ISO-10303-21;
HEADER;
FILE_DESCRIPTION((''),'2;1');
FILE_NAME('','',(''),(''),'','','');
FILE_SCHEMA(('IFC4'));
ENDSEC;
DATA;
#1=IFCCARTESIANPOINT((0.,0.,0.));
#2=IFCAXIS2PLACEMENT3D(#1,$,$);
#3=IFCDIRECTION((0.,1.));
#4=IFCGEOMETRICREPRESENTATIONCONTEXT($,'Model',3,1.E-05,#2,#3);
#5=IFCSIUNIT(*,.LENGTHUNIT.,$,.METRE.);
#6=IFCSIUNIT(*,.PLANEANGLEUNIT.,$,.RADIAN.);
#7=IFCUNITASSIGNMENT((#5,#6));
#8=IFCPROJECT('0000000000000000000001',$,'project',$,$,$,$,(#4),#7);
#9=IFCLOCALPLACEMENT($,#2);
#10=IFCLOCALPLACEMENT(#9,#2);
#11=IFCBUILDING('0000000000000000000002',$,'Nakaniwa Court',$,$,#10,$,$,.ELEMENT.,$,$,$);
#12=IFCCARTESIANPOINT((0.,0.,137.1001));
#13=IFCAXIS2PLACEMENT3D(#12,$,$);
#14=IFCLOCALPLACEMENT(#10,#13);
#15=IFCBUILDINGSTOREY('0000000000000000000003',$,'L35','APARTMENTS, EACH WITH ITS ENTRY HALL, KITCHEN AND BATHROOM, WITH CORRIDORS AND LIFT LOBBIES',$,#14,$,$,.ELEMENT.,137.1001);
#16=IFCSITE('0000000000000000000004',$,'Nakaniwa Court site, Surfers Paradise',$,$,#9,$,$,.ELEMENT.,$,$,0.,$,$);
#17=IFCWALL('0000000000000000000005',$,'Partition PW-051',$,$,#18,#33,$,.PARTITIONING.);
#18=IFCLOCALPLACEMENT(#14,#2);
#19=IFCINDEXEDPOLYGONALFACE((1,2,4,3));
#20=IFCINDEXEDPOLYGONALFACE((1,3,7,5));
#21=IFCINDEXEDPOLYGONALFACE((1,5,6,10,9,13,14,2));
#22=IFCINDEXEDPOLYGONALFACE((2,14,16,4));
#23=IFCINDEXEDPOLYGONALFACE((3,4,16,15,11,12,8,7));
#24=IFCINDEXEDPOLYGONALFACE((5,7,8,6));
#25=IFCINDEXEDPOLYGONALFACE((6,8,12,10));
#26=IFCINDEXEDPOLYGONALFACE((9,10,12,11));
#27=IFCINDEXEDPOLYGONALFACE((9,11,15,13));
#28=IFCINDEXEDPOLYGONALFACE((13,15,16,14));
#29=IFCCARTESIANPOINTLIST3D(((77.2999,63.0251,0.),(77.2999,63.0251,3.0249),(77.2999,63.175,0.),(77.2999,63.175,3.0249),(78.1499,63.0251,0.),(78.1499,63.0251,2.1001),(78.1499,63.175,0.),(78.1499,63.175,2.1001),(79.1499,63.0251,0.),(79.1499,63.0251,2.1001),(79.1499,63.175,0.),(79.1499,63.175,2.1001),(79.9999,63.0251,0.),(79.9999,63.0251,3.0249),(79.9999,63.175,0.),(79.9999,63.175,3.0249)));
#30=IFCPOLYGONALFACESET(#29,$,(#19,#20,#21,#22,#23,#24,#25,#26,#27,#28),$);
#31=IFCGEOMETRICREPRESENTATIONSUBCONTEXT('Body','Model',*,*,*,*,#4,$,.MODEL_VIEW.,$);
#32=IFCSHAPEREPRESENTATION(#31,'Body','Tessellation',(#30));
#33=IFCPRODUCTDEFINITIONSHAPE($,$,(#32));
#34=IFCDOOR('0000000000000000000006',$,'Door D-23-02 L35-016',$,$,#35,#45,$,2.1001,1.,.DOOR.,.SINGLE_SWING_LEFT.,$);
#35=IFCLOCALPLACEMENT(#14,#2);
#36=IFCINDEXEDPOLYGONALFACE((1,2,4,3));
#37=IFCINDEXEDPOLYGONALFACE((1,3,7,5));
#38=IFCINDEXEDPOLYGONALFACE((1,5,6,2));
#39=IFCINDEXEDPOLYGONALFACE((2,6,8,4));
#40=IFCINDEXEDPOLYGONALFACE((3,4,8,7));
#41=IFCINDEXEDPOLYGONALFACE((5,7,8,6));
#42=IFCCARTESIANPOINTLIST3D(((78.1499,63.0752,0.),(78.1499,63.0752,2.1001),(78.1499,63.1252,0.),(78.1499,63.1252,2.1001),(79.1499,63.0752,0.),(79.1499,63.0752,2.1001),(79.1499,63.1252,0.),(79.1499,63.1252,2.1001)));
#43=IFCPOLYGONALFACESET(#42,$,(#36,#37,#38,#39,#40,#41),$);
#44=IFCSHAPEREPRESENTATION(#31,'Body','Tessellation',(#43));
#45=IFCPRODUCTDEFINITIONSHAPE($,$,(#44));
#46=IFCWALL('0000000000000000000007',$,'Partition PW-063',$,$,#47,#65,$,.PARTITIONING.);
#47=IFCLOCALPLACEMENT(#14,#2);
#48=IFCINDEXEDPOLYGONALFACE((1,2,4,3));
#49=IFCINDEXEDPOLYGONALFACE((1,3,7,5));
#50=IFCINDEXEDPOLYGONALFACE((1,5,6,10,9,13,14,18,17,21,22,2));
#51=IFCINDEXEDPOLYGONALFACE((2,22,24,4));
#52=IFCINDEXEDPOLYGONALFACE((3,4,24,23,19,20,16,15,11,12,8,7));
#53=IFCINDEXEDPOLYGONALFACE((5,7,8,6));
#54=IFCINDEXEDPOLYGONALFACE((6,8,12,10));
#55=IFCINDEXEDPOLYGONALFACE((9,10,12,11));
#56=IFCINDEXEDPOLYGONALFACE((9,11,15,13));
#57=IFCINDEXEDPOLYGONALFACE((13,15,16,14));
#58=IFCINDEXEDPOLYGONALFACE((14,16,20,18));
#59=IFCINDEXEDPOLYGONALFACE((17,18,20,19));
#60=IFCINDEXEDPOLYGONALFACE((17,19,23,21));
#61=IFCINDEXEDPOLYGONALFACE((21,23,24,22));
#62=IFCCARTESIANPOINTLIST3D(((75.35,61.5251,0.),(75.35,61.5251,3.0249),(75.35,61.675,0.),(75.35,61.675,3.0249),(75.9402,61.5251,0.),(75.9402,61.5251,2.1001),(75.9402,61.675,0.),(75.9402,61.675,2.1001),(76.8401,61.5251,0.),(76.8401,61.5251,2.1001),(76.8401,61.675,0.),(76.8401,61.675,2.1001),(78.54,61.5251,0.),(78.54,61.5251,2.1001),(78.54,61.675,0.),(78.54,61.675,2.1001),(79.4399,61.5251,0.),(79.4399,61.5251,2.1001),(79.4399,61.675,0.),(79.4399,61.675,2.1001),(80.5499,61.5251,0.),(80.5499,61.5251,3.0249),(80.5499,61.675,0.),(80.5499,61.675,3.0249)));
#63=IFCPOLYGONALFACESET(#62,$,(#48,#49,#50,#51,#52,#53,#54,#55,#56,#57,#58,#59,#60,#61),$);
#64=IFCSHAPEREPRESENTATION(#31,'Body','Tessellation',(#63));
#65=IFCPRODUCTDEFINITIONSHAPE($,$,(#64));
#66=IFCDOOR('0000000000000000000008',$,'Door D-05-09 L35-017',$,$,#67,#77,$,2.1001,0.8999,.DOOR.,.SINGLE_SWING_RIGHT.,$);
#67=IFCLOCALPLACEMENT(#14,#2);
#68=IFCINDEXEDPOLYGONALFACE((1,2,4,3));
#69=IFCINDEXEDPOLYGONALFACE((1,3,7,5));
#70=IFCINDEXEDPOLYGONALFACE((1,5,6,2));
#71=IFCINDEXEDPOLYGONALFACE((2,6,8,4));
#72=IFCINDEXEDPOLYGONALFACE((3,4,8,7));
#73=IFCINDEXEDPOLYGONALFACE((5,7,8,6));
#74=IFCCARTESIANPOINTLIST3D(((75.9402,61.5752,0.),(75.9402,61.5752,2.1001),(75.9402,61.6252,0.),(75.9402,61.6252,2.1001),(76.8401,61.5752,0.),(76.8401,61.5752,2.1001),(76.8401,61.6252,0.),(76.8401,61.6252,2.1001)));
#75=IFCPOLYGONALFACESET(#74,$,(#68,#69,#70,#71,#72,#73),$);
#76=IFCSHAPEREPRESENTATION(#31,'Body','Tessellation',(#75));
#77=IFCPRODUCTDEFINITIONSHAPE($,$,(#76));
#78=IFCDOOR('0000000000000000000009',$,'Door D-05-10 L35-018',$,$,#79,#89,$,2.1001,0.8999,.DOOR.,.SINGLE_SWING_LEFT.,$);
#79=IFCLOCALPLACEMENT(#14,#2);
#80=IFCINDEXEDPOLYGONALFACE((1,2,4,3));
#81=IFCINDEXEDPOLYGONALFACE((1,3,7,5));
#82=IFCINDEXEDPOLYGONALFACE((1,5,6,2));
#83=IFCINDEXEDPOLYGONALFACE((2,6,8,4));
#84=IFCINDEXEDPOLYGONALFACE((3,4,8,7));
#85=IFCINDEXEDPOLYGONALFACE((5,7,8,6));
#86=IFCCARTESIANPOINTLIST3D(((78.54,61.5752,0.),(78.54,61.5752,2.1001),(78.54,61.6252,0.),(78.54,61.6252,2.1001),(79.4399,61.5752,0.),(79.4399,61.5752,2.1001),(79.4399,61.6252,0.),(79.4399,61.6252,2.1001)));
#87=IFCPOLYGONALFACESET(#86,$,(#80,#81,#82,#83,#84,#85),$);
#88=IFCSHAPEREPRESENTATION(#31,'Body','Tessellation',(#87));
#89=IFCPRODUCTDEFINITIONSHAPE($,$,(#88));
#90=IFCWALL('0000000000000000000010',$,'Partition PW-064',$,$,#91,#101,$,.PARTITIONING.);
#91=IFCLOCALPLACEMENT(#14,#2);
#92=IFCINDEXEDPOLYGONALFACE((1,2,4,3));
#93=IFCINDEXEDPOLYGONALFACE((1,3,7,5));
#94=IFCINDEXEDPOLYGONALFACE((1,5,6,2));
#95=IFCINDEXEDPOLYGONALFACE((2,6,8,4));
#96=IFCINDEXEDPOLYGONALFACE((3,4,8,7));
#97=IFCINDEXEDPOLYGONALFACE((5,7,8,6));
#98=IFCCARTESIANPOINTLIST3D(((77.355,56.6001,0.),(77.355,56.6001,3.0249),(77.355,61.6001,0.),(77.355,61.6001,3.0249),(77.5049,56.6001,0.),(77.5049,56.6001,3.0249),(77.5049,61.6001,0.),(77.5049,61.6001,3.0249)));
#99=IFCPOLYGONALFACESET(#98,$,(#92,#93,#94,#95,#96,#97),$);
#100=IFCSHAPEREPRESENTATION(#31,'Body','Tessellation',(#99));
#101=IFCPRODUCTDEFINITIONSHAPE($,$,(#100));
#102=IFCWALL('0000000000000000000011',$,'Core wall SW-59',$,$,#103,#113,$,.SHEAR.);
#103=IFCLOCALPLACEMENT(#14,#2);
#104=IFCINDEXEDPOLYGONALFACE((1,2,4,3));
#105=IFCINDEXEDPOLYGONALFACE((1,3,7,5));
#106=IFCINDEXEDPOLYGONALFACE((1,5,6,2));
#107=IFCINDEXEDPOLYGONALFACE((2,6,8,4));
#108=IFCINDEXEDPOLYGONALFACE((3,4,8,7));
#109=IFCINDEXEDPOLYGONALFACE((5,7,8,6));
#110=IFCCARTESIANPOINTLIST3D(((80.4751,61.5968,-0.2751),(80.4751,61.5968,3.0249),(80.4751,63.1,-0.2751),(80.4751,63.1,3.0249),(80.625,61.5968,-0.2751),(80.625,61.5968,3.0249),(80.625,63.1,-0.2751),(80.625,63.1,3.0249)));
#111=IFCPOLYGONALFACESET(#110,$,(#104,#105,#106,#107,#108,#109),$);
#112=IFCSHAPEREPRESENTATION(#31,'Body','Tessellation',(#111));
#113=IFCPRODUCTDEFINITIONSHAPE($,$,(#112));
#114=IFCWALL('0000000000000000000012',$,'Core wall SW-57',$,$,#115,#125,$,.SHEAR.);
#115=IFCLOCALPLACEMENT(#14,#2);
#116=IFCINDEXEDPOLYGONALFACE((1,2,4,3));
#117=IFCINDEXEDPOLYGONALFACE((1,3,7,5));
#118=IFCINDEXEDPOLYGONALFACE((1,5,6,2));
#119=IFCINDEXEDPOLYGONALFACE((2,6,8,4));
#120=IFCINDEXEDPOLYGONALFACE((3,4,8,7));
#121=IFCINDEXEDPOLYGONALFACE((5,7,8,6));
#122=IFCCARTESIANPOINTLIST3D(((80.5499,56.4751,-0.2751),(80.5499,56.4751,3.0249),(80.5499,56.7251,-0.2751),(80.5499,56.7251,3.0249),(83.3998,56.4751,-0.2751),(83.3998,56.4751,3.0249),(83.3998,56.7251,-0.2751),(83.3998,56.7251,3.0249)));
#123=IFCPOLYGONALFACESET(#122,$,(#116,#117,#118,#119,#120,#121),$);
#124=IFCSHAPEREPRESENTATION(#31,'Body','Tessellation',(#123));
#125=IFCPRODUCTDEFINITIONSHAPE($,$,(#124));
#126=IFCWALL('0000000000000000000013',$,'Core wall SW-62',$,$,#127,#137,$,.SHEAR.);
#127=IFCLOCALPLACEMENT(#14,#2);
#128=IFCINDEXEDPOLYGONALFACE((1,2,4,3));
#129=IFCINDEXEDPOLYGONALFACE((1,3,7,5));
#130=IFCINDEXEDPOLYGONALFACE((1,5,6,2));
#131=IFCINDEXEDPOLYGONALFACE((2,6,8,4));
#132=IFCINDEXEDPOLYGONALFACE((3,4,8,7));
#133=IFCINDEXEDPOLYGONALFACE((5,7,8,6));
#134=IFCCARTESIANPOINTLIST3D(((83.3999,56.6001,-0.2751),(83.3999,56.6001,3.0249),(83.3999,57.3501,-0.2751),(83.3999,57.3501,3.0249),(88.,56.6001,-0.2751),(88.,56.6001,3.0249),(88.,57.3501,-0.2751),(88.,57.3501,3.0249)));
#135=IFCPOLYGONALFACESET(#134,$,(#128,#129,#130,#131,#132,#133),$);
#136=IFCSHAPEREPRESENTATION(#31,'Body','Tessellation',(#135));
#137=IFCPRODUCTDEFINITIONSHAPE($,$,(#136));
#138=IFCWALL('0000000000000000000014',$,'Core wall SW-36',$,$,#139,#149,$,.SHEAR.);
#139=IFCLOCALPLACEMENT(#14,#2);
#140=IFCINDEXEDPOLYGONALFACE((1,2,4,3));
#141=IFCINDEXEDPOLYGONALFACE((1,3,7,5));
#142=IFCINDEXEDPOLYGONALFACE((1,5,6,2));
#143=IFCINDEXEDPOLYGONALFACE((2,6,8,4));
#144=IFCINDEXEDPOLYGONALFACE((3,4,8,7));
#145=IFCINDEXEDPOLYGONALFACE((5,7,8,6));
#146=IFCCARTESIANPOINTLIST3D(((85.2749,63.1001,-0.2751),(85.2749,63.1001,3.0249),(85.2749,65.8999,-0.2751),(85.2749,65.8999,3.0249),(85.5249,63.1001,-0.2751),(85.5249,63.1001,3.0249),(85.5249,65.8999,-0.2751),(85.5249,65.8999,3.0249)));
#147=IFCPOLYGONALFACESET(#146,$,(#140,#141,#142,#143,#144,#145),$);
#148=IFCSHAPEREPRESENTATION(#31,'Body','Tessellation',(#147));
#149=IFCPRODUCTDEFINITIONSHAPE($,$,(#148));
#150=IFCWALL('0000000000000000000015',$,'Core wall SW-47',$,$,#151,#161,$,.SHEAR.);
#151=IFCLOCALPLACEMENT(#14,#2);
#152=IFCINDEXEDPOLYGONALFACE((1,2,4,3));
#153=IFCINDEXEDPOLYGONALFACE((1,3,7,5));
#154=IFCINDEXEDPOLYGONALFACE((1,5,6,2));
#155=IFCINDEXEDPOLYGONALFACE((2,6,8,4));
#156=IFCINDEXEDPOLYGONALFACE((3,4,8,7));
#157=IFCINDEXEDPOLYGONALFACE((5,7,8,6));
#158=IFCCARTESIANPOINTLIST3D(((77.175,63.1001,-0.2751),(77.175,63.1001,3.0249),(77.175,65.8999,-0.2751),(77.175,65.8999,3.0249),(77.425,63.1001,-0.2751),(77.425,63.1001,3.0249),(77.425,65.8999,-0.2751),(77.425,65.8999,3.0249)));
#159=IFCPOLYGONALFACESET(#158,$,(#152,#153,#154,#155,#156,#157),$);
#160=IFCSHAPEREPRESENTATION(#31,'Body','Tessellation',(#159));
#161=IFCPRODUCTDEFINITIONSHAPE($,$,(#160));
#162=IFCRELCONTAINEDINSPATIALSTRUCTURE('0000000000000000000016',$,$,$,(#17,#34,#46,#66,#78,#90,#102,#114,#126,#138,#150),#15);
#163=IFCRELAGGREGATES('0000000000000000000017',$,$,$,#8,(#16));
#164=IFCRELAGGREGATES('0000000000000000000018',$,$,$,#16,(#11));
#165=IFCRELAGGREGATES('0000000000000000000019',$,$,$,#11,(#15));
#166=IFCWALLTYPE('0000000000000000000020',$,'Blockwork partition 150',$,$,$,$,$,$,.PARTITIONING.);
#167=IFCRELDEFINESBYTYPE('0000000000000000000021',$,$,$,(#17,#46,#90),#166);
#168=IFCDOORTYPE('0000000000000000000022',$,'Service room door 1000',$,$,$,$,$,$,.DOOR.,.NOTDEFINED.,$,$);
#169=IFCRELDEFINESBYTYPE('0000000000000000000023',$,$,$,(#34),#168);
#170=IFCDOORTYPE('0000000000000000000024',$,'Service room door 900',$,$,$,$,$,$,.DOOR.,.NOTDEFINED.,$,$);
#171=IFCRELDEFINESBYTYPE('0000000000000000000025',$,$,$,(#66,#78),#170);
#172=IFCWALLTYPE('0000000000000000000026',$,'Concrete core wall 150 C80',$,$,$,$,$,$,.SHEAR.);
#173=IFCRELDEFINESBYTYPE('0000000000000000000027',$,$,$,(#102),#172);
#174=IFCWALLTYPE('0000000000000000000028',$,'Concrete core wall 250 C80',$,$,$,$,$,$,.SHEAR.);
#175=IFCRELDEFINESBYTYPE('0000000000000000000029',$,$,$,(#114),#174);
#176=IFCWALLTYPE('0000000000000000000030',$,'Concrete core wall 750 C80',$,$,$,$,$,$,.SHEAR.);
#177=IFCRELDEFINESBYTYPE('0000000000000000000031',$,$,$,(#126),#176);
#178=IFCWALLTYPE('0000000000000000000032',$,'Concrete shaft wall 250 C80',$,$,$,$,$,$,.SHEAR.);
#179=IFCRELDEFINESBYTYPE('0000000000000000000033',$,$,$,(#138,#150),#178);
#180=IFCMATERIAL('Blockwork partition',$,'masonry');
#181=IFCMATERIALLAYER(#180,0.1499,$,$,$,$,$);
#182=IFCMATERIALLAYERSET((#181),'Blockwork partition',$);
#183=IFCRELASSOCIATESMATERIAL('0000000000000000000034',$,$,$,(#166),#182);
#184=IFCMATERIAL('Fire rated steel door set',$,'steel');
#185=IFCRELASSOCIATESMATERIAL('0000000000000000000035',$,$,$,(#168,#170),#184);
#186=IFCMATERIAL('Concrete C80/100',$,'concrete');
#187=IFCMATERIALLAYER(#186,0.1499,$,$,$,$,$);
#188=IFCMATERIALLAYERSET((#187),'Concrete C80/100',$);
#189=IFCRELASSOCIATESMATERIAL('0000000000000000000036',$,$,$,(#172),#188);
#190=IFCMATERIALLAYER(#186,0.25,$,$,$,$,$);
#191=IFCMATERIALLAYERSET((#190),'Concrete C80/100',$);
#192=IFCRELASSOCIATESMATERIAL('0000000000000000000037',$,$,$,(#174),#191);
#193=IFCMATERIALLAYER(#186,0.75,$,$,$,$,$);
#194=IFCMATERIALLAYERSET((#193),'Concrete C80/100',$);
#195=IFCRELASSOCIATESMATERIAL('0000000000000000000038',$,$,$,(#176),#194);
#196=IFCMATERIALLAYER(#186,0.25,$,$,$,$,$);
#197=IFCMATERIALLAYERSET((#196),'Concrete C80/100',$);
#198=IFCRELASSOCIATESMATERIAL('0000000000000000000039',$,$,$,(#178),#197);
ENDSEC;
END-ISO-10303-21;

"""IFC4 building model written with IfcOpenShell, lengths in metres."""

from ifc_helpers import new_model, si_unit, direction, frame, frame_2d, origin, place, context, subcontext, project, spatial, rectangle, extrude, material, layer, layer_set, type_object, element, fill, save


model = new_model("IFC4")

# Units and contexts
model_context = context("Model", 3, precision=1e-05, world=origin(), true_north=direction((0.0, 1.0)))
body_context = subcontext(model_context, "Body", "Model", "MODEL_VIEW")
ifc_project = project(units=[si_unit("LENGTHUNIT", "METRE"), si_unit("PLANEANGLEUNIT", "RADIAN")], contexts=[model_context])

# Site, building, storey
site_placement = place(None, origin())
site = spatial("IfcSite", under=ifc_project, at=site_placement, Name="Nakaniwa Court site, Surfers Paradise", CompositionType="ELEMENT", RefElevation=0.0)
building_placement = place(site_placement, origin())
building = spatial("IfcBuilding", under=site, at=building_placement, Name="Nakaniwa Court", CompositionType="ELEMENT")
storey_placement = place(building_placement, frame((0.0, 0.0, 137.1001)))
storey = spatial("IfcBuildingStorey", under=building, at=storey_placement, Name="L35", Description="APARTMENTS, EACH WITH ITS ENTRY HALL, KITCHEN AND BATHROOM, WITH CORRIDORS AND LIFT LOBBIES", CompositionType="ELEMENT", Elevation=137.1001)

# Wall, opening, door
ifc_material_1 = material(Name="Blockwork partition", Category="masonry")
ifc_layer_1 = layer(ifc_material_1, 0.1499)
ifc_layer_set_1 = layer_set([ifc_layer_1], Name="Blockwork partition")
wall_type_1 = type_object("IfcWallType", Name="Blockwork partition 150", PredefinedType="PARTITIONING", material=ifc_layer_set_1)
wall_1_placement = place(storey_placement, frame((80.0, 63.1001, 0.0), z_axis=(0.0, 0.0, 1.0), x_axis=(-1.0, 0.0, 0.0)))
wall_1 = element("IfcWall", 1, at=wall_1_placement, inside=storey, type_object=wall_type_1, Name="Partition PW-051", PredefinedType="PARTITIONING", context=body_context, shape_type="SweptSolid", body=[
    extrude(rectangle(XDim=2.7, YDim=0.1499, at=frame_2d((1.3501, 0.0))), origin(), (0.0, 0.0, 1.0), 3.0249),
])
opening_1_placement = place(wall_1_placement, frame((0.8501, 0.0, 0.0)))
opening_1 = element("IfcOpeningElement", 2, at=opening_1_placement, cuts=wall_1, PredefinedType="OPENING", context=body_context, shape_type="SweptSolid", body=[
    extrude(rectangle(XDim=1.0, YDim=2.1001, at=frame_2d((0.5, 1.05))), frame((0.0, 0.085, 0.0), z_axis=(0.0, -1.0, 0.0), x_axis=(1.0, 0.0, 0.0)), (0.0, 0.0, 1.0), 0.1699),
])
ifc_material_2 = material(Name="Fire rated steel door set", Category="steel")
door_type_1 = type_object("IfcDoorType", Name="Service room door 1000", OperationType="NOTDEFINED", PredefinedType="DOOR", material=ifc_material_2)
door_1_placement = place(opening_1_placement, origin())
door_1 = element("IfcDoor", 3, at=door_1_placement, inside=storey, type_object=door_type_1, Name="Door D-23-02 L35-016", OperationType="SINGLE_SWING_LEFT", OverallHeight=2.1001, OverallWidth=1.0, PredefinedType="DOOR", context=body_context, shape_type="SweptSolid", body=[
    extrude(rectangle(XDim=1.0, YDim=2.1001, at=frame_2d((0.5, 1.05))), frame((0.0, 0.0249, 0.0), z_axis=(0.0, -1.0, 0.0), x_axis=(1.0, 0.0, 0.0)), (0.0, 0.0, 1.0), 0.05),
])
fill(opening_1, door_1)

# Wall, openings, doors
wall_2_placement = place(storey_placement, frame((80.55, 61.6001, 0.0), z_axis=(0.0, 0.0, 1.0), x_axis=(-1.0, 0.0, 0.0)))
wall_2 = element("IfcWall", 4, at=wall_2_placement, inside=storey, type_object=wall_type_1, Name="Partition PW-063", PredefinedType="PARTITIONING", context=body_context, shape_type="SweptSolid", body=[
    extrude(rectangle(XDim=5.2, YDim=0.1499, at=frame_2d((2.6001, 0.0))), origin(), (0.0, 0.0, 1.0), 3.0249),
])
opening_2_placement = place(wall_2_placement, frame((3.71, 0.0, 0.0)))
opening_2 = element("IfcOpeningElement", 5, at=opening_2_placement, cuts=wall_2, PredefinedType="OPENING", context=body_context, shape_type="SweptSolid", body=[
    extrude(rectangle(XDim=0.8999, YDim=2.1001, at=frame_2d((0.45, 1.05))), frame((0.0, 0.085, 0.0), z_axis=(0.0, -1.0, 0.0), x_axis=(1.0, 0.0, 0.0)), (0.0, 0.0, 1.0), 0.1699),
])
opening_3_placement = place(wall_2_placement, frame((1.1101, 0.0, 0.0)))
opening_3 = element("IfcOpeningElement", 6, at=opening_3_placement, cuts=wall_2, PredefinedType="OPENING", context=body_context, shape_type="SweptSolid", body=[
    extrude(rectangle(XDim=0.8999, YDim=2.1001, at=frame_2d((0.45, 1.05))), frame((0.0, 0.085, 0.0), z_axis=(0.0, -1.0, 0.0), x_axis=(1.0, 0.0, 0.0)), (0.0, 0.0, 1.0), 0.1699),
])
door_type_2 = type_object("IfcDoorType", Name="Service room door 900", OperationType="NOTDEFINED", PredefinedType="DOOR", material=ifc_material_2)
door_2_placement = place(opening_2_placement, origin())
door_2 = element("IfcDoor", 7, at=door_2_placement, inside=storey, type_object=door_type_2, Name="Door D-05-09 L35-017", OperationType="SINGLE_SWING_RIGHT", OverallHeight=2.1001, OverallWidth=0.8999, PredefinedType="DOOR", context=body_context, shape_type="SweptSolid", body=[
    extrude(rectangle(XDim=0.8999, YDim=2.1001, at=frame_2d((0.45, 1.05))), frame((0.0, 0.0249, 0.0), z_axis=(0.0, -1.0, 0.0), x_axis=(1.0, 0.0, 0.0)), (0.0, 0.0, 1.0), 0.05),
])
fill(opening_2, door_2)
door_3_placement = place(opening_3_placement, origin())
door_3 = element("IfcDoor", 8, at=door_3_placement, inside=storey, type_object=door_type_2, Name="Door D-05-10 L35-018", OperationType="SINGLE_SWING_LEFT", OverallHeight=2.1001, OverallWidth=0.8999, PredefinedType="DOOR", context=body_context, shape_type="SweptSolid", body=[
    extrude(rectangle(XDim=0.8999, YDim=2.1001, at=frame_2d((0.45, 1.05))), frame((0.0, 0.0249, 0.0), z_axis=(0.0, -1.0, 0.0), x_axis=(1.0, 0.0, 0.0)), (0.0, 0.0, 1.0), 0.05),
])
fill(opening_3, door_3)

# Walls
wall_3_placement = place(storey_placement, frame((77.4299, 56.6001, 0.0), z_axis=(0.0, 0.0, 1.0), x_axis=(0.0, 1.0, 0.0)))
element("IfcWall", 9, at=wall_3_placement, inside=storey, type_object=wall_type_1, Name="Partition PW-064", PredefinedType="PARTITIONING", context=body_context, shape_type="SweptSolid", body=[
    extrude(rectangle(XDim=5.0, YDim=0.1499, at=frame_2d((2.5, 0.0))), origin(), (0.0, 0.0, 1.0), 3.0249),
])
ifc_material_3 = material(Name="Concrete C80/100", Category="concrete")
ifc_layer_2 = layer(ifc_material_3, 0.1499)
ifc_layer_set_2 = layer_set([ifc_layer_2], Name="Concrete C80/100")
wall_type_2 = type_object("IfcWallType", Name="Concrete core wall 150 C80", PredefinedType="SHEAR", material=ifc_layer_set_2)
wall_4_placement = place(storey_placement, frame((80.55, 61.5969, -0.2751), z_axis=(0.0, 0.0, 1.0), x_axis=(0.0, 1.0, 0.0)))
element("IfcWall", 10, at=wall_4_placement, inside=storey, type_object=wall_type_2, Name="Core wall SW-59", PredefinedType="SHEAR", context=body_context, shape_type="SweptSolid", body=[
    extrude(rectangle(XDim=1.5032, YDim=0.1499, at=frame_2d((0.7515, 0.0))), origin(), (0.0, 0.0, 1.0), 3.3),
])
ifc_layer_3 = layer(ifc_material_3, 0.25)
ifc_layer_set_3 = layer_set([ifc_layer_3], Name="Concrete C80/100")
wall_type_3 = type_object("IfcWallType", Name="Concrete core wall 250 C80", PredefinedType="SHEAR", material=ifc_layer_set_3)
wall_5_placement = place(storey_placement, frame((80.55, 56.6001, -0.2751), z_axis=(0.0, 0.0, 1.0), x_axis=(1.0, 0.0, 0.0)))
element("IfcWall", 11, at=wall_5_placement, inside=storey, type_object=wall_type_3, Name="Core wall SW-57", PredefinedType="SHEAR", context=body_context, shape_type="SweptSolid", body=[
    extrude(rectangle(XDim=2.8499, YDim=0.25, at=frame_2d((1.4248, 0.0))), origin(), (0.0, 0.0, 1.0), 3.3),
])
ifc_layer_4 = layer(ifc_material_3, 0.75)
ifc_layer_set_4 = layer_set([ifc_layer_4], Name="Concrete C80/100")
wall_type_4 = type_object("IfcWallType", Name="Concrete core wall 750 C80", PredefinedType="SHEAR", material=ifc_layer_set_4)
wall_6_placement = place(storey_placement, frame((83.3999, 56.9751, -0.2751), z_axis=(0.0, 0.0, 1.0), x_axis=(1.0, 0.0, 0.0)))
element("IfcWall", 12, at=wall_6_placement, inside=storey, type_object=wall_type_4, Name="Core wall SW-62", PredefinedType="SHEAR", context=body_context, shape_type="SweptSolid", body=[
    extrude(rectangle(XDim=4.6001, YDim=0.75, at=frame_2d((2.3, 0.0))), origin(), (0.0, 0.0, 1.0), 3.3),
])
ifc_layer_5 = layer(ifc_material_3, 0.25)
ifc_layer_set_5 = layer_set([ifc_layer_5], Name="Concrete C80/100")
wall_type_5 = type_object("IfcWallType", Name="Concrete shaft wall 250 C80", PredefinedType="SHEAR", material=ifc_layer_set_5)
for number, where, z_axis, x_axis, name in (
    (13, (85.3999, 63.1001, -0.2751), (0.0, 0.0, 1.0), (0.0, 1.0, 0.0), "Core wall SW-36"),
    (14, (77.3, 63.1001, -0.2751), (0.0, 0.0, 1.0), (0.0, 1.0, 0.0), "Core wall SW-47"),
):
    element("IfcWall", number, at=place(storey_placement, frame(where, z_axis=z_axis, x_axis=x_axis)), inside=storey, type_object=wall_type_5, Name=name, PredefinedType="SHEAR", context=body_context, shape_type="SweptSolid", body=[
        extrude(rectangle(XDim=2.7998, YDim=0.25, at=frame_2d((1.3999, 0.0))), origin(), (0.0, 0.0, 1.0), 3.3),
    ])

save(model, "model.ifc")
